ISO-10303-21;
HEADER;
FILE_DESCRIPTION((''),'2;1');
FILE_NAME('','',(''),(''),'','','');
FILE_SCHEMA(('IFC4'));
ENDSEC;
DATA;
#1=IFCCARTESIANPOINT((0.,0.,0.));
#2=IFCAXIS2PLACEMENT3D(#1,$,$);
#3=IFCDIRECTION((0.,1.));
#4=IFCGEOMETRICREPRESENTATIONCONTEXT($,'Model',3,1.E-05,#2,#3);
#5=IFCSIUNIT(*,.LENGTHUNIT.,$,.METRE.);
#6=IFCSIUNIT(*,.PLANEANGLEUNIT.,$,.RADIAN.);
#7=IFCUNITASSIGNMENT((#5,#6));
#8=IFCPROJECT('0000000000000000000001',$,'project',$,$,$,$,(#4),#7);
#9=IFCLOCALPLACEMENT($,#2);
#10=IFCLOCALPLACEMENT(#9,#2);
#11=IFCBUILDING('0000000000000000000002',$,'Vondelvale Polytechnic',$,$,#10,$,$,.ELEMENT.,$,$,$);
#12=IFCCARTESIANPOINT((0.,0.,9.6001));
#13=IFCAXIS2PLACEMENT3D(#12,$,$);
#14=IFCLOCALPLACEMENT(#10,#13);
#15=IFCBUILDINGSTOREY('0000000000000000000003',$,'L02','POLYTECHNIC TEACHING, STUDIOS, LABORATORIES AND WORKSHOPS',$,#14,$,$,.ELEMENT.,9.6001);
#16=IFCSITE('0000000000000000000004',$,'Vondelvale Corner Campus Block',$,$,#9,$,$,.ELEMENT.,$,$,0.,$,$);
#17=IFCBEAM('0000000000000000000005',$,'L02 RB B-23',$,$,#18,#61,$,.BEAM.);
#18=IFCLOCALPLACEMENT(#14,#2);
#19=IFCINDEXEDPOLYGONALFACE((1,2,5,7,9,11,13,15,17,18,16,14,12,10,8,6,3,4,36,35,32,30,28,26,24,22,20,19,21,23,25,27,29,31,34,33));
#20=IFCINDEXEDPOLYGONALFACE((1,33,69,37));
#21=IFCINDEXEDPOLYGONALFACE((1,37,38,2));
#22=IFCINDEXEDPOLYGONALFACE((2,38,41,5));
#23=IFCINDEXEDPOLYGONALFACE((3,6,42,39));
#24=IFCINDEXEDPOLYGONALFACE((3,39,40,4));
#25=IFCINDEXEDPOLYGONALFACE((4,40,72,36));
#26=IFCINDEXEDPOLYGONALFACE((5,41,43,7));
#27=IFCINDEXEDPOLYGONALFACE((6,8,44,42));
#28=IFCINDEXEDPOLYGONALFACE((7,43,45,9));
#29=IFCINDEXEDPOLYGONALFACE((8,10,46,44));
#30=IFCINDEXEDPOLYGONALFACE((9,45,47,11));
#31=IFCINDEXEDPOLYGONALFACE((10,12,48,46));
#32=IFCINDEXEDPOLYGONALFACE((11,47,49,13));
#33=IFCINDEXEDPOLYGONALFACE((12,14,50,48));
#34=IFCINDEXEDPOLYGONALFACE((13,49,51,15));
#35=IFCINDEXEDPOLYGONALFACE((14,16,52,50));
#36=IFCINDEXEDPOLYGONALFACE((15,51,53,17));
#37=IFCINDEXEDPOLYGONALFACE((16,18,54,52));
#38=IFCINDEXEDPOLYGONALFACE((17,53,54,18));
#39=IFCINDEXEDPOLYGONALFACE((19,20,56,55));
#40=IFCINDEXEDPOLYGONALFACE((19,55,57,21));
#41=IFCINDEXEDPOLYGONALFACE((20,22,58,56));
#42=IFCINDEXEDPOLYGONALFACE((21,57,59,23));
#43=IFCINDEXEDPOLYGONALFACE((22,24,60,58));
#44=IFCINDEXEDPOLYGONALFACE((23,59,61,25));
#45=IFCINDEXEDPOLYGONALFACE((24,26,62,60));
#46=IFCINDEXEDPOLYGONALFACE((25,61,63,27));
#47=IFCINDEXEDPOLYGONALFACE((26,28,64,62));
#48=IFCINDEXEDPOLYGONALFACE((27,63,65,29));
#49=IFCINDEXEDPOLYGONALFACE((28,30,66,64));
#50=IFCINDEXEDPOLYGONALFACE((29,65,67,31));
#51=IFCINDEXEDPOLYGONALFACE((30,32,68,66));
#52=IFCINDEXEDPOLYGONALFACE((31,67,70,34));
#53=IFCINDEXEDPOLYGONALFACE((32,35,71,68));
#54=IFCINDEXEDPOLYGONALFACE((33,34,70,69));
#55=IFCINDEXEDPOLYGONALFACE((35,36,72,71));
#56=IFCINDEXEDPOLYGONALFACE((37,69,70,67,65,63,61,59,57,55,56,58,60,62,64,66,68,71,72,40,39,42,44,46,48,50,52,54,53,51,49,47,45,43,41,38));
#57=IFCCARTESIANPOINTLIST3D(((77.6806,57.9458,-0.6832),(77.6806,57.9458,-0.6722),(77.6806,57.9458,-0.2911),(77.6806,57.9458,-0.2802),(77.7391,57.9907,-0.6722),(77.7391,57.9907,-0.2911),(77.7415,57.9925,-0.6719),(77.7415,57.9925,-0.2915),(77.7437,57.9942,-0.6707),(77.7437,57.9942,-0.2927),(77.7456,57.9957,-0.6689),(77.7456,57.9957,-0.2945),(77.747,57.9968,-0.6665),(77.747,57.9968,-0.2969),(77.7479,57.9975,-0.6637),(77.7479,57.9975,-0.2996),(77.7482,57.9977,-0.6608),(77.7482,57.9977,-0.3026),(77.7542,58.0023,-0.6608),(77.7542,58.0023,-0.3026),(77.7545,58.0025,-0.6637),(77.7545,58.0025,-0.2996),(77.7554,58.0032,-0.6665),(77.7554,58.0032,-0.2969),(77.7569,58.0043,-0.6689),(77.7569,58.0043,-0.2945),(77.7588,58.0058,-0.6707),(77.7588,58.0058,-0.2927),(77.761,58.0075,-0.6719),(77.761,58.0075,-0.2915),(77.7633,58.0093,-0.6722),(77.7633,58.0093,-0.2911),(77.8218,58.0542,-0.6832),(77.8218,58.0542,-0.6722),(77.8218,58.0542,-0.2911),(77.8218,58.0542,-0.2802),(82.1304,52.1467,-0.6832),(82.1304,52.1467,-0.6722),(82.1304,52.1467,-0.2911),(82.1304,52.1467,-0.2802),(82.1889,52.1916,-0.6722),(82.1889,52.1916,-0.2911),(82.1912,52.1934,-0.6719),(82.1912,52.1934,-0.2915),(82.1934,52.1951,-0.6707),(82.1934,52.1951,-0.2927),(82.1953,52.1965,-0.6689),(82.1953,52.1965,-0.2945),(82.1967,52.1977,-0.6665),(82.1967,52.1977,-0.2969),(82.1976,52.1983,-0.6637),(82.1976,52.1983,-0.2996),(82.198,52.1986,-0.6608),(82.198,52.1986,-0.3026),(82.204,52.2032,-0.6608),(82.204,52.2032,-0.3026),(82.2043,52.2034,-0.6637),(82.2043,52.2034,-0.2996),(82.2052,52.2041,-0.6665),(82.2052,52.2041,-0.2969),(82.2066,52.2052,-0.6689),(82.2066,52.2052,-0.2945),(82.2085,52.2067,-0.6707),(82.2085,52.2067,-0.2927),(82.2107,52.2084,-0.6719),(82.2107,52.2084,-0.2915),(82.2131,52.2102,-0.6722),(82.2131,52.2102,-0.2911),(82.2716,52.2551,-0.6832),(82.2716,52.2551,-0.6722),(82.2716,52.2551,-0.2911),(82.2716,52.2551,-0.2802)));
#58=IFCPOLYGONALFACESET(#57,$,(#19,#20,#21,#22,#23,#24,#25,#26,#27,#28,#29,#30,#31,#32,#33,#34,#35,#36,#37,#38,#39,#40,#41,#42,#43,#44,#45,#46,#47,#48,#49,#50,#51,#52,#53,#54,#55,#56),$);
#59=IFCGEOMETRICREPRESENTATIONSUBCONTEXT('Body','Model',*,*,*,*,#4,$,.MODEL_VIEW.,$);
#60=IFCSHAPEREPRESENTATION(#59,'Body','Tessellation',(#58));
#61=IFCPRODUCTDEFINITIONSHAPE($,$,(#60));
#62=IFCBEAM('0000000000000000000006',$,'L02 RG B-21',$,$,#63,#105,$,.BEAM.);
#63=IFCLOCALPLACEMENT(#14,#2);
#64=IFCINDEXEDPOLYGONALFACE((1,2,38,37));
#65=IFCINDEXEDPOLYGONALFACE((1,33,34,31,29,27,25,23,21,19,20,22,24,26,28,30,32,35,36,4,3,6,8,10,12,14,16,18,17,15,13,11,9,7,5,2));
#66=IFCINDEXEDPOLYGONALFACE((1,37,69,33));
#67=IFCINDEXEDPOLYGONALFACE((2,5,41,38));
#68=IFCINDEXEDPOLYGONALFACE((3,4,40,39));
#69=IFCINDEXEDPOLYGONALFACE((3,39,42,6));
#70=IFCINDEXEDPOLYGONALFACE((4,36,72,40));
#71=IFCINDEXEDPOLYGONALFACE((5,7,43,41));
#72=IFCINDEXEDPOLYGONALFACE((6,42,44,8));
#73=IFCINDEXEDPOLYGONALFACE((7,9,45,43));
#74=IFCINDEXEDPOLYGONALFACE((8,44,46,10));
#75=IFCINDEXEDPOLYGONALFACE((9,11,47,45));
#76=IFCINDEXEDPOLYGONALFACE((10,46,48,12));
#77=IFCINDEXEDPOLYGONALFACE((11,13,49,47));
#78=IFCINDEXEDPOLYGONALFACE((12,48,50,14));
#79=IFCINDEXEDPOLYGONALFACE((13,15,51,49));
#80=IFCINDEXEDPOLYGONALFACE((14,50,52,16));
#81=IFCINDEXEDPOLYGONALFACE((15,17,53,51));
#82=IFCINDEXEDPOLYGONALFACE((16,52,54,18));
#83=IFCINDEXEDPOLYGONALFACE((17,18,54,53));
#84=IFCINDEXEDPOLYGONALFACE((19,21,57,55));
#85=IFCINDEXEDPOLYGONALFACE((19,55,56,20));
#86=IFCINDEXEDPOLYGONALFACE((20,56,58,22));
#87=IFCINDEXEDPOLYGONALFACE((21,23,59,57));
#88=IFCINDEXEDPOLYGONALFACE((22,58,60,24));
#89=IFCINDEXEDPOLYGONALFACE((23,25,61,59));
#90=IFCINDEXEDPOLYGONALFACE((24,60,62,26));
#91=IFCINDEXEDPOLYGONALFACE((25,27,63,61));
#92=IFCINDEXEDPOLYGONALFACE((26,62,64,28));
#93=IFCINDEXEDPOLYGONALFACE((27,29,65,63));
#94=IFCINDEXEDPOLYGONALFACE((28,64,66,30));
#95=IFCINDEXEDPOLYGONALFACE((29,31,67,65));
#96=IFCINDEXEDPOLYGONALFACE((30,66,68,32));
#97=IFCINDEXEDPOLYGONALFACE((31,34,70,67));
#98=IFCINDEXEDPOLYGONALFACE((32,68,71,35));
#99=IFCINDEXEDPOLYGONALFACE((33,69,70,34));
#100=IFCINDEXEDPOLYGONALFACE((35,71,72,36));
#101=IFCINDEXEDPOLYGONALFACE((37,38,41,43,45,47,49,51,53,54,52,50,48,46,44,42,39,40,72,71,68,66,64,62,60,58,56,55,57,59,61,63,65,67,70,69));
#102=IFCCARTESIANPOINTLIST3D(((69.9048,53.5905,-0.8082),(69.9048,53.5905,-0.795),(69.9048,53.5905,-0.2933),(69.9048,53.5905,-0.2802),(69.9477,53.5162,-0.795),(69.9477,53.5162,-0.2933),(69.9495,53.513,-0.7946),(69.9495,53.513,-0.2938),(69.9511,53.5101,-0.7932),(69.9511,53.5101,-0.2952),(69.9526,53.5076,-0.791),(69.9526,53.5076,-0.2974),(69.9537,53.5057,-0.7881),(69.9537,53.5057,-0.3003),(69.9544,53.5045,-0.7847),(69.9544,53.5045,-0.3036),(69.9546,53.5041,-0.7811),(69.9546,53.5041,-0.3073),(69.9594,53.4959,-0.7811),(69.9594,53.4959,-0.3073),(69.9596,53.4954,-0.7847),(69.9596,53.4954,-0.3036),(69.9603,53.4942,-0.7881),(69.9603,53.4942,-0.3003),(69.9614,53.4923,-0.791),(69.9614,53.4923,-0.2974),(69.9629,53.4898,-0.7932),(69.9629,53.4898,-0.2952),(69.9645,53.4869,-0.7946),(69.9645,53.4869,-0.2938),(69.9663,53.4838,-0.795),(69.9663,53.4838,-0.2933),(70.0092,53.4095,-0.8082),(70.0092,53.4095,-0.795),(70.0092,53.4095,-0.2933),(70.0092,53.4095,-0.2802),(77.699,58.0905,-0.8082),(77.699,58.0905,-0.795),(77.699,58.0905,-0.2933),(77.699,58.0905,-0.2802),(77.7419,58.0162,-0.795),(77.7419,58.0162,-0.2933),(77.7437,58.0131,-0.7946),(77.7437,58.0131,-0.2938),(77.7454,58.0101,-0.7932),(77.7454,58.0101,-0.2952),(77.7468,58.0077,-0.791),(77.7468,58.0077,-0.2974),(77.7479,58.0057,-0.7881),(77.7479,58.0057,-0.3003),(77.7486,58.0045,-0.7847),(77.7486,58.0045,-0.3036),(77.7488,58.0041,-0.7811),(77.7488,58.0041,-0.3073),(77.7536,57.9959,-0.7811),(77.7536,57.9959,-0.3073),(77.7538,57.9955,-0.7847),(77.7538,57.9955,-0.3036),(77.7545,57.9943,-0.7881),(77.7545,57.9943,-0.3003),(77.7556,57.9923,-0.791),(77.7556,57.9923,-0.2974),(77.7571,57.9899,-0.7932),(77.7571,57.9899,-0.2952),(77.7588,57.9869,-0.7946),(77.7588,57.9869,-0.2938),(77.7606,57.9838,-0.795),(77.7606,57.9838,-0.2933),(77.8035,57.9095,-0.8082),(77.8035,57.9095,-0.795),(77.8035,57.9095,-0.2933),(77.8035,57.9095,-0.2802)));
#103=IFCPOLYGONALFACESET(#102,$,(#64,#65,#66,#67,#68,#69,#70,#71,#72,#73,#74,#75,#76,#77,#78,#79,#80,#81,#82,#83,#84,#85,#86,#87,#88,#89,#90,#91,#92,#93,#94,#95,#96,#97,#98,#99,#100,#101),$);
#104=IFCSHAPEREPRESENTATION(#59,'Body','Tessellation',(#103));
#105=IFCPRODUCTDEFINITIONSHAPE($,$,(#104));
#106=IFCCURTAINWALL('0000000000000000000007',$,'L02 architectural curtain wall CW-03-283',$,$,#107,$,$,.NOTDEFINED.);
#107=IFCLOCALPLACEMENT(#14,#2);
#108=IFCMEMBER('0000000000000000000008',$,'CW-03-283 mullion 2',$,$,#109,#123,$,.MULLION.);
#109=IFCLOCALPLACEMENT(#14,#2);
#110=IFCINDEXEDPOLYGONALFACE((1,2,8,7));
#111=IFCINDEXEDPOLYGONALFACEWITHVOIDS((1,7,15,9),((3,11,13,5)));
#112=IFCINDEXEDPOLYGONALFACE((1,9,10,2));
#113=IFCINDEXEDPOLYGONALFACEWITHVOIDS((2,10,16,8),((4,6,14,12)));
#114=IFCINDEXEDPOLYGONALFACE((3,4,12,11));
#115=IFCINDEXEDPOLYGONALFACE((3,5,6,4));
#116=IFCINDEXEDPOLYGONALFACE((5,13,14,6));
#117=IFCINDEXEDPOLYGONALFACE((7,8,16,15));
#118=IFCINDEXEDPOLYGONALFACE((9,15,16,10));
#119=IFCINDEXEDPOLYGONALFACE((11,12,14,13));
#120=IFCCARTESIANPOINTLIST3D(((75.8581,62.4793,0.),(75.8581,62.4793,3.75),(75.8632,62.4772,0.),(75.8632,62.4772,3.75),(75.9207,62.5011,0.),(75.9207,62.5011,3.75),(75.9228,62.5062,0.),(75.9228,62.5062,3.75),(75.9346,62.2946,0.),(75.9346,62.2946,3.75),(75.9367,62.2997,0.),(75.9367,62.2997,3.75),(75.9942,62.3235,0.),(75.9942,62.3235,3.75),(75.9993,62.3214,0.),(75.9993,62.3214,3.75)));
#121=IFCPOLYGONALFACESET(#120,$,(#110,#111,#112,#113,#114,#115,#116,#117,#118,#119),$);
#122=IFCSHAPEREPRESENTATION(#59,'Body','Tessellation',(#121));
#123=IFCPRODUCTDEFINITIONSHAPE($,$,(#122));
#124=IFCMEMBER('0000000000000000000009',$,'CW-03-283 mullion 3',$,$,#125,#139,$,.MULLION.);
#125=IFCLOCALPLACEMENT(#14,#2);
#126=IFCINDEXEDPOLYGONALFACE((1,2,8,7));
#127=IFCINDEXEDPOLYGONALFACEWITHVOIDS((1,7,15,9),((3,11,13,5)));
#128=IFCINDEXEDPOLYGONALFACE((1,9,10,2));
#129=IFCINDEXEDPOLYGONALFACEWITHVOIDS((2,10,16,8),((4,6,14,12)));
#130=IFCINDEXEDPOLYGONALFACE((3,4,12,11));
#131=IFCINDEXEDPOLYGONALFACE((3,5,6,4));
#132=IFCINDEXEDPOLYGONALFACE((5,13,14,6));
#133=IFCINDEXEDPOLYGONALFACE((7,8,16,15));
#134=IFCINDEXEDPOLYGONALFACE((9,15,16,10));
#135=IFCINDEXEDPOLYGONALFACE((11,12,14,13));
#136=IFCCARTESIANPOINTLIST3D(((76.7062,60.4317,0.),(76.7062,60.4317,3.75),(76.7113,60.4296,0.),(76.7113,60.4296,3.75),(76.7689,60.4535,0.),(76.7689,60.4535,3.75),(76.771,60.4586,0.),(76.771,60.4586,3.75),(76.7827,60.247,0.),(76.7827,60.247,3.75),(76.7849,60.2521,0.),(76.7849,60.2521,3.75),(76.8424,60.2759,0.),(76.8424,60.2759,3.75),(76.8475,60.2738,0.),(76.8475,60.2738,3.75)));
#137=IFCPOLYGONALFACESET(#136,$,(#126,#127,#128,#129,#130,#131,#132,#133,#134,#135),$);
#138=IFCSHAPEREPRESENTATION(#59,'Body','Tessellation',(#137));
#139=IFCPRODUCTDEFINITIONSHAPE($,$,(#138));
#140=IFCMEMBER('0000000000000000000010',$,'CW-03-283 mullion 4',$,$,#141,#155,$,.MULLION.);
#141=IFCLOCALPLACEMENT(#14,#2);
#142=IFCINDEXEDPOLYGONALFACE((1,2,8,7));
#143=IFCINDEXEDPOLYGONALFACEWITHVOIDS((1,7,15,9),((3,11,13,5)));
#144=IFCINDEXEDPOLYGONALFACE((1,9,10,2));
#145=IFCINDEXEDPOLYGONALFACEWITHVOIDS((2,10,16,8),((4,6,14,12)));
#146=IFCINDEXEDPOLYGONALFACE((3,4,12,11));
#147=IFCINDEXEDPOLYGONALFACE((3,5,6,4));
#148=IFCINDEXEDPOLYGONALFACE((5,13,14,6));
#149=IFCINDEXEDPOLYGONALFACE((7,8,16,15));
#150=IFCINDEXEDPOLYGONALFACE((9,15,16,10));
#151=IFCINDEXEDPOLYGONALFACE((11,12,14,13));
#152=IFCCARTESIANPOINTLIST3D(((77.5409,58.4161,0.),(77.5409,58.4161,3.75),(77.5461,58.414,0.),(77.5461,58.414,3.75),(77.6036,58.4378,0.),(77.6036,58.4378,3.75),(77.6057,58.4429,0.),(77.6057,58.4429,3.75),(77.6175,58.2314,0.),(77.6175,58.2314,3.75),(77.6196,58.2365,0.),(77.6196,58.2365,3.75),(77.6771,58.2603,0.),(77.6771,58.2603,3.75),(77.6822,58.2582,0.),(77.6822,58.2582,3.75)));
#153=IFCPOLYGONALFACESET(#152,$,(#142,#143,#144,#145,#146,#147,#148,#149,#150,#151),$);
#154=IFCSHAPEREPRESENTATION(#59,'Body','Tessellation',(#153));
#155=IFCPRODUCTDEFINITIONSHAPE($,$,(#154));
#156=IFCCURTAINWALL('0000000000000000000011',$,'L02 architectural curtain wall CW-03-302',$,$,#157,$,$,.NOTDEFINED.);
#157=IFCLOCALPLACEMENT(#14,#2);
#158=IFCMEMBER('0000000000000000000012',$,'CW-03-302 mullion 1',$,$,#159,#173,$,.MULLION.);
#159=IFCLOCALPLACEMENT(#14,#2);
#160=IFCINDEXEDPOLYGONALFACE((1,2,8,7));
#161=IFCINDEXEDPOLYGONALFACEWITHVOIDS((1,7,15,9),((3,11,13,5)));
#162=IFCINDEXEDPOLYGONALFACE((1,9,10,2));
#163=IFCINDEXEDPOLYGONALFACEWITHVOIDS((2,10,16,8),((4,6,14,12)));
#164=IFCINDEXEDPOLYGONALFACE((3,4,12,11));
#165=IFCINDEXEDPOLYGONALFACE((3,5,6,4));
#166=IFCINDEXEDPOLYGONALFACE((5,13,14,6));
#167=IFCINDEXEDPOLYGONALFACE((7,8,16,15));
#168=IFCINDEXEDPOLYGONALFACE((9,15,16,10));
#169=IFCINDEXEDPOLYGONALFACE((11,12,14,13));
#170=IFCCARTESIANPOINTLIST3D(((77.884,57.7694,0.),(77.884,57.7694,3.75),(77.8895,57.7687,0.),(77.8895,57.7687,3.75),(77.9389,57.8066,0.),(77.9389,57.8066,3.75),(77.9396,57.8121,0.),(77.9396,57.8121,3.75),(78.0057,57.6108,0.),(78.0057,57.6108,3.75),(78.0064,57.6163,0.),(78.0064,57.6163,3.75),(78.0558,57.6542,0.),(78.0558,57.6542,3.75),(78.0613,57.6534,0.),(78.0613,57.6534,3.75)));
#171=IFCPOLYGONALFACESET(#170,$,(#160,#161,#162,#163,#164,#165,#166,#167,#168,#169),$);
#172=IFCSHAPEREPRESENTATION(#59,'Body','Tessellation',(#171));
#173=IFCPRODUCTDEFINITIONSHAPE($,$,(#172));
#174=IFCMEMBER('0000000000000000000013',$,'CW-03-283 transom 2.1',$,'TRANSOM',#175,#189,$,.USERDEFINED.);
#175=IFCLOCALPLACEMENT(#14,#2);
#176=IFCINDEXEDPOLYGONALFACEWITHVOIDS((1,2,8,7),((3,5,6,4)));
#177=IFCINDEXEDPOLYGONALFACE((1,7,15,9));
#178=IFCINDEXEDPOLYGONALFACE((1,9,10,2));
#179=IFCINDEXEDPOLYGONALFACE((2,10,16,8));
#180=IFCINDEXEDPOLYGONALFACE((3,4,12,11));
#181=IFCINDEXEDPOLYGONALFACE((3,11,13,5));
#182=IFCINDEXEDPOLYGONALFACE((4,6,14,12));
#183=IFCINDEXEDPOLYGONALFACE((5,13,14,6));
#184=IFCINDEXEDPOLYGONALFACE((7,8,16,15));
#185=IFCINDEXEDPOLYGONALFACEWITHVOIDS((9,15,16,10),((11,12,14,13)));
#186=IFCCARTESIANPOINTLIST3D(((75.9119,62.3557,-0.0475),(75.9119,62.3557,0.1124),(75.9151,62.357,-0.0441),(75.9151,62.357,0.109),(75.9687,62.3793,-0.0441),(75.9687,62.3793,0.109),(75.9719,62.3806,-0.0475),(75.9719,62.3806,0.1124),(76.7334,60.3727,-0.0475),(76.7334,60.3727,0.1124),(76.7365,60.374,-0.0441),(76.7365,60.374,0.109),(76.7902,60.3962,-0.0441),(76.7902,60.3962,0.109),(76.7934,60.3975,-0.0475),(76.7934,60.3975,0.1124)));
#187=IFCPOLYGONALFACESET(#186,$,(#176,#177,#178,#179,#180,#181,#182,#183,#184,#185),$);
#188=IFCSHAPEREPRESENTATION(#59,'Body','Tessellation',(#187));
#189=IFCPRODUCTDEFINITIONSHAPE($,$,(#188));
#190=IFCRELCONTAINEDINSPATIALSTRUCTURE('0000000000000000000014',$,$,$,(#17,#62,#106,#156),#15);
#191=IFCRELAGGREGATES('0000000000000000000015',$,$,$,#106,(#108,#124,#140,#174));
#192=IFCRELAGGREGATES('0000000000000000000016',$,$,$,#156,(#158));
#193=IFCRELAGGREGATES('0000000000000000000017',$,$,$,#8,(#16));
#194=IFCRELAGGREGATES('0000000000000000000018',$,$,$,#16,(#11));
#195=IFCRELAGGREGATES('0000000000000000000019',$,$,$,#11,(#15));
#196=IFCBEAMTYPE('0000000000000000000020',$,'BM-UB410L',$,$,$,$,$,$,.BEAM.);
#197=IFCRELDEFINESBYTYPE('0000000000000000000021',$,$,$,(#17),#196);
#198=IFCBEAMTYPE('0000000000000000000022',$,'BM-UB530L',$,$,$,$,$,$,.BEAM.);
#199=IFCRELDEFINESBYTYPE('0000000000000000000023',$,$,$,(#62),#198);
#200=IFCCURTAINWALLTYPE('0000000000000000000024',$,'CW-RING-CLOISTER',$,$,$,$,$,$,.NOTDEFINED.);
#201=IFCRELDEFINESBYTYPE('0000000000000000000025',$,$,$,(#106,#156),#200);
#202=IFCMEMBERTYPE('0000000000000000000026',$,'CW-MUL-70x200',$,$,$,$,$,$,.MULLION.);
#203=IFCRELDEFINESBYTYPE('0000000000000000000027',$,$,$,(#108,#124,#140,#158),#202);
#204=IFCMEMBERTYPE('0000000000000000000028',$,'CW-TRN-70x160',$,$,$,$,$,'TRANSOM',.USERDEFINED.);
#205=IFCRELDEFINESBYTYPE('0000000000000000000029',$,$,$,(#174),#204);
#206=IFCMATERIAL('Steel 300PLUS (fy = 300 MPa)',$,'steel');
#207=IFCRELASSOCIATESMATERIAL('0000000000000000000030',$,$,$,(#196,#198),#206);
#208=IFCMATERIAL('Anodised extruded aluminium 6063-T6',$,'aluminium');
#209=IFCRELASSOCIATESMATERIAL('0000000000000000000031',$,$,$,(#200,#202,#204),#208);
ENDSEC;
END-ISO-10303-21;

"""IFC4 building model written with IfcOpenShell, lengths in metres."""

from ifc_helpers import new_model, si_unit, direction, frame, origin, origin_2d, place, context, subcontext, project, spatial, hollow_rectangle, i_section, extrude, material, material_profile, profile_set, type_object, element, aggregate, save


model = new_model("IFC4")

# Units and contexts
model_context = context("Model", 3, precision=1e-05, world=origin(), true_north=direction((0.0, 1.0)))
body_context = subcontext(model_context, "Body", "Model", "MODEL_VIEW")
ifc_project = project(units=[si_unit("LENGTHUNIT", "METRE"), si_unit("PLANEANGLEUNIT", "RADIAN")], contexts=[model_context])

# Site, building, storey
site_placement = place(None, origin())
site = spatial("IfcSite", under=ifc_project, at=site_placement, Name="Vondelvale Corner Campus Block", CompositionType="ELEMENT", RefElevation=0.0)
building_placement = place(site_placement, origin())
building = spatial("IfcBuilding", under=site, at=building_placement, Name="Vondelvale Polytechnic", CompositionType="ELEMENT")
storey_placement = place(building_placement, frame((0.0, 0.0, 9.6001)))
storey = spatial("IfcBuildingStorey", under=building, at=storey_placement, Name="L02", Description="POLYTECHNIC TEACHING, STUDIOS, LABORATORIES AND WORKSHOPS", CompositionType="ELEMENT", Elevation=9.6001)

# Beams
ifc_material_1 = material(Name="Steel 300PLUS (fy = 300 MPa)", Category="steel")
ifc_material_profile_1 = material_profile(ifc_material_1, i_section(OverallWidth=0.178, OverallDepth=0.4031, WebThickness=0.0076, FlangeThickness=0.011, FilletRadius=0.0115, at=origin_2d()), Name="410UB53.7")
ifc_profile_set_1 = profile_set([ifc_material_profile_1], Name="Steel 300PLUS (fy = 300 MPa)")
beam_type_1 = type_object("IfcBeamType", Name="BM-UB410L", PredefinedType="BEAM", material=ifc_profile_set_1)
beam_1_placement = place(storey_placement, frame((77.7512, 58.0, -0.4817), z_axis=(0.608755, -0.793358, 0.0), x_axis=(0.793358, 0.608755, 0.0)))
element("IfcBeam", 1, at=beam_1_placement, inside=storey, type_object=beam_type_1, Name="L02 RB B-23", PredefinedType="BEAM", context=body_context, shape_type="SweptSolid", body=[
    extrude(i_section(OverallWidth=0.178, OverallDepth=0.4031, WebThickness=0.0076, FlangeThickness=0.011, FilletRadius=0.0115, at=origin_2d()), origin(), (0.0, 0.0, 1.0), 7.3096),
])
ifc_material_profile_2 = material_profile(ifc_material_1, i_section(OverallWidth=0.209, OverallDepth=0.5281, WebThickness=0.0095, FlangeThickness=0.0132, FilletRadius=0.0139, at=origin_2d()), Name="530UB82.0")
ifc_profile_set_2 = profile_set([ifc_material_profile_2], Name="Steel 300PLUS (fy = 300 MPa)")
beam_type_2 = type_object("IfcBeamType", Name="BM-UB530L", PredefinedType="BEAM", material=ifc_profile_set_2)
beam_2_placement = place(storey_placement, frame((77.7512, 58.0, -0.5442), z_axis=(-0.866024, -0.500002, 0.0), x_axis=(0.500002, -0.866024, 0.0)))
element("IfcBeam", 2, at=beam_2_placement, inside=storey, type_object=beam_type_2, Name="L02 RG B-21", PredefinedType="BEAM", context=body_context, shape_type="SweptSolid", body=[
    extrude(i_section(OverallWidth=0.209, OverallDepth=0.5281, WebThickness=0.0095, FlangeThickness=0.0132, FilletRadius=0.0139, at=origin_2d()), origin(), (0.0, 0.0, 1.0), 9.0),
])

# Curtain wall, members
ifc_material_2 = material(Name="Anodised extruded aluminium 6063-T6", Category="aluminium")
curtain_wall_type = type_object("IfcCurtainWallType", Name="CW-RING-CLOISTER", PredefinedType="NOTDEFINED", material=ifc_material_2)
curtain_wall_1_placement = place(storey_placement, origin())
curtain_wall_1 = element("IfcCurtainWall", 3, at=curtain_wall_1_placement, inside=storey, type_object=curtain_wall_type, Name="L02 architectural curtain wall CW-03-283", PredefinedType="NOTDEFINED")
ifc_material_profile_3 = material_profile(ifc_material_2, hollow_rectangle(XDim=0.0701, YDim=0.2, WallThickness=0.0039, at=origin_2d()), Name="CW-MUL-200x70")
ifc_profile_set_3 = profile_set([ifc_material_profile_3], Name="Anodised extruded aluminium 6063-T6")
member_type_1 = type_object("IfcMemberType", Name="CW-MUL-70x200", PredefinedType="MULLION", material=ifc_profile_set_3)
member_1_placement = place(storey_placement, frame((75.9287, 62.4004, 0.0), z_axis=(0.0, 0.0, 1.0), x_axis=(0.923882, 0.382679, 0.0)))
member_1 = element("IfcMember", 4, at=member_1_placement, type_object=member_type_1, Name="CW-03-283 mullion 2", PredefinedType="MULLION", context=body_context, shape_type="SweptSolid", body=[
    extrude(hollow_rectangle(XDim=0.0701, YDim=0.2, WallThickness=0.0039, at=origin_2d()), origin(), (0.0, 0.0, 1.0), 3.75),
])
member_2_placement = place(storey_placement, frame((76.7769, 60.3528, 0.0), z_axis=(0.0, 0.0, 1.0), x_axis=(0.923882, 0.382679, 0.0)))
member_2 = element("IfcMember", 5, at=member_2_placement, type_object=member_type_1, Name="CW-03-283 mullion 3", PredefinedType="MULLION", context=body_context, shape_type="SweptSolid", body=[
    extrude(hollow_rectangle(XDim=0.0701, YDim=0.2, WallThickness=0.0039, at=origin_2d()), origin(), (0.0, 0.0, 1.0), 3.75),
])
member_3_placement = place(storey_placement, frame((77.6116, 58.3372, 0.0), z_axis=(0.0, 0.0, 1.0), x_axis=(0.923882, 0.382679, 0.0)))
member_3 = element("IfcMember", 6, at=member_3_placement, type_object=member_type_1, Name="CW-03-283 mullion 4", PredefinedType="MULLION", context=body_context, shape_type="SweptSolid", body=[
    extrude(hollow_rectangle(XDim=0.0701, YDim=0.2, WallThickness=0.0039, at=origin_2d()), origin(), (0.0, 0.0, 1.0), 3.75),
])

# Curtain wall, member
curtain_wall_2_placement = place(storey_placement, origin())
curtain_wall_2 = element("IfcCurtainWall", 7, at=curtain_wall_2_placement, inside=storey, type_object=curtain_wall_type, Name="L02 architectural curtain wall CW-03-302", PredefinedType="NOTDEFINED")
member_4_placement = place(storey_placement, frame((77.9727, 57.7114, 0.0), z_axis=(0.0, 0.0, 1.0), x_axis=(0.793364, 0.608748, 0.0)))
member_4 = element("IfcMember", 8, at=member_4_placement, type_object=member_type_1, Name="CW-03-302 mullion 1", PredefinedType="MULLION", context=body_context, shape_type="SweptSolid", body=[
    extrude(hollow_rectangle(XDim=0.0701, YDim=0.2, WallThickness=0.0039, at=origin_2d()), origin(), (0.0, 0.0, 1.0), 3.75),
])

# Member
ifc_material_profile_4 = material_profile(ifc_material_2, hollow_rectangle(XDim=0.0649, YDim=0.1599, WallThickness=0.0034, at=origin_2d()), Name="CW-TRN-160x65")
ifc_profile_set_4 = profile_set([ifc_material_profile_4], Name="Anodised extruded aluminium 6063-T6")
member_type_2 = type_object("IfcMemberType", Name="CW-TRN-70x160", ElementType="TRANSOM", PredefinedType="USERDEFINED", material=ifc_profile_set_4)
member_5_placement = place(storey_placement, frame((75.9419, 62.3682, 0.0325), z_axis=(0.382717, -0.923866, 0.0), x_axis=(0.923866, 0.382717, 0.0)))
member_5 = element("IfcMember", 9, at=member_5_placement, type_object=member_type_2, Name="CW-03-283 transom 2.1", ObjectType="TRANSOM", PredefinedType="USERDEFINED", context=body_context, shape_type="SweptSolid", body=[
    extrude(hollow_rectangle(XDim=0.0649, YDim=0.1599, WallThickness=0.0034, at=origin_2d()), origin(), (0.0, 0.0, 1.0), 2.1465),
])

aggregate(curtain_wall_1, [member_1, member_2, member_3, member_5])
aggregate(curtain_wall_2, [member_4])

save(model, "model.ifc")
